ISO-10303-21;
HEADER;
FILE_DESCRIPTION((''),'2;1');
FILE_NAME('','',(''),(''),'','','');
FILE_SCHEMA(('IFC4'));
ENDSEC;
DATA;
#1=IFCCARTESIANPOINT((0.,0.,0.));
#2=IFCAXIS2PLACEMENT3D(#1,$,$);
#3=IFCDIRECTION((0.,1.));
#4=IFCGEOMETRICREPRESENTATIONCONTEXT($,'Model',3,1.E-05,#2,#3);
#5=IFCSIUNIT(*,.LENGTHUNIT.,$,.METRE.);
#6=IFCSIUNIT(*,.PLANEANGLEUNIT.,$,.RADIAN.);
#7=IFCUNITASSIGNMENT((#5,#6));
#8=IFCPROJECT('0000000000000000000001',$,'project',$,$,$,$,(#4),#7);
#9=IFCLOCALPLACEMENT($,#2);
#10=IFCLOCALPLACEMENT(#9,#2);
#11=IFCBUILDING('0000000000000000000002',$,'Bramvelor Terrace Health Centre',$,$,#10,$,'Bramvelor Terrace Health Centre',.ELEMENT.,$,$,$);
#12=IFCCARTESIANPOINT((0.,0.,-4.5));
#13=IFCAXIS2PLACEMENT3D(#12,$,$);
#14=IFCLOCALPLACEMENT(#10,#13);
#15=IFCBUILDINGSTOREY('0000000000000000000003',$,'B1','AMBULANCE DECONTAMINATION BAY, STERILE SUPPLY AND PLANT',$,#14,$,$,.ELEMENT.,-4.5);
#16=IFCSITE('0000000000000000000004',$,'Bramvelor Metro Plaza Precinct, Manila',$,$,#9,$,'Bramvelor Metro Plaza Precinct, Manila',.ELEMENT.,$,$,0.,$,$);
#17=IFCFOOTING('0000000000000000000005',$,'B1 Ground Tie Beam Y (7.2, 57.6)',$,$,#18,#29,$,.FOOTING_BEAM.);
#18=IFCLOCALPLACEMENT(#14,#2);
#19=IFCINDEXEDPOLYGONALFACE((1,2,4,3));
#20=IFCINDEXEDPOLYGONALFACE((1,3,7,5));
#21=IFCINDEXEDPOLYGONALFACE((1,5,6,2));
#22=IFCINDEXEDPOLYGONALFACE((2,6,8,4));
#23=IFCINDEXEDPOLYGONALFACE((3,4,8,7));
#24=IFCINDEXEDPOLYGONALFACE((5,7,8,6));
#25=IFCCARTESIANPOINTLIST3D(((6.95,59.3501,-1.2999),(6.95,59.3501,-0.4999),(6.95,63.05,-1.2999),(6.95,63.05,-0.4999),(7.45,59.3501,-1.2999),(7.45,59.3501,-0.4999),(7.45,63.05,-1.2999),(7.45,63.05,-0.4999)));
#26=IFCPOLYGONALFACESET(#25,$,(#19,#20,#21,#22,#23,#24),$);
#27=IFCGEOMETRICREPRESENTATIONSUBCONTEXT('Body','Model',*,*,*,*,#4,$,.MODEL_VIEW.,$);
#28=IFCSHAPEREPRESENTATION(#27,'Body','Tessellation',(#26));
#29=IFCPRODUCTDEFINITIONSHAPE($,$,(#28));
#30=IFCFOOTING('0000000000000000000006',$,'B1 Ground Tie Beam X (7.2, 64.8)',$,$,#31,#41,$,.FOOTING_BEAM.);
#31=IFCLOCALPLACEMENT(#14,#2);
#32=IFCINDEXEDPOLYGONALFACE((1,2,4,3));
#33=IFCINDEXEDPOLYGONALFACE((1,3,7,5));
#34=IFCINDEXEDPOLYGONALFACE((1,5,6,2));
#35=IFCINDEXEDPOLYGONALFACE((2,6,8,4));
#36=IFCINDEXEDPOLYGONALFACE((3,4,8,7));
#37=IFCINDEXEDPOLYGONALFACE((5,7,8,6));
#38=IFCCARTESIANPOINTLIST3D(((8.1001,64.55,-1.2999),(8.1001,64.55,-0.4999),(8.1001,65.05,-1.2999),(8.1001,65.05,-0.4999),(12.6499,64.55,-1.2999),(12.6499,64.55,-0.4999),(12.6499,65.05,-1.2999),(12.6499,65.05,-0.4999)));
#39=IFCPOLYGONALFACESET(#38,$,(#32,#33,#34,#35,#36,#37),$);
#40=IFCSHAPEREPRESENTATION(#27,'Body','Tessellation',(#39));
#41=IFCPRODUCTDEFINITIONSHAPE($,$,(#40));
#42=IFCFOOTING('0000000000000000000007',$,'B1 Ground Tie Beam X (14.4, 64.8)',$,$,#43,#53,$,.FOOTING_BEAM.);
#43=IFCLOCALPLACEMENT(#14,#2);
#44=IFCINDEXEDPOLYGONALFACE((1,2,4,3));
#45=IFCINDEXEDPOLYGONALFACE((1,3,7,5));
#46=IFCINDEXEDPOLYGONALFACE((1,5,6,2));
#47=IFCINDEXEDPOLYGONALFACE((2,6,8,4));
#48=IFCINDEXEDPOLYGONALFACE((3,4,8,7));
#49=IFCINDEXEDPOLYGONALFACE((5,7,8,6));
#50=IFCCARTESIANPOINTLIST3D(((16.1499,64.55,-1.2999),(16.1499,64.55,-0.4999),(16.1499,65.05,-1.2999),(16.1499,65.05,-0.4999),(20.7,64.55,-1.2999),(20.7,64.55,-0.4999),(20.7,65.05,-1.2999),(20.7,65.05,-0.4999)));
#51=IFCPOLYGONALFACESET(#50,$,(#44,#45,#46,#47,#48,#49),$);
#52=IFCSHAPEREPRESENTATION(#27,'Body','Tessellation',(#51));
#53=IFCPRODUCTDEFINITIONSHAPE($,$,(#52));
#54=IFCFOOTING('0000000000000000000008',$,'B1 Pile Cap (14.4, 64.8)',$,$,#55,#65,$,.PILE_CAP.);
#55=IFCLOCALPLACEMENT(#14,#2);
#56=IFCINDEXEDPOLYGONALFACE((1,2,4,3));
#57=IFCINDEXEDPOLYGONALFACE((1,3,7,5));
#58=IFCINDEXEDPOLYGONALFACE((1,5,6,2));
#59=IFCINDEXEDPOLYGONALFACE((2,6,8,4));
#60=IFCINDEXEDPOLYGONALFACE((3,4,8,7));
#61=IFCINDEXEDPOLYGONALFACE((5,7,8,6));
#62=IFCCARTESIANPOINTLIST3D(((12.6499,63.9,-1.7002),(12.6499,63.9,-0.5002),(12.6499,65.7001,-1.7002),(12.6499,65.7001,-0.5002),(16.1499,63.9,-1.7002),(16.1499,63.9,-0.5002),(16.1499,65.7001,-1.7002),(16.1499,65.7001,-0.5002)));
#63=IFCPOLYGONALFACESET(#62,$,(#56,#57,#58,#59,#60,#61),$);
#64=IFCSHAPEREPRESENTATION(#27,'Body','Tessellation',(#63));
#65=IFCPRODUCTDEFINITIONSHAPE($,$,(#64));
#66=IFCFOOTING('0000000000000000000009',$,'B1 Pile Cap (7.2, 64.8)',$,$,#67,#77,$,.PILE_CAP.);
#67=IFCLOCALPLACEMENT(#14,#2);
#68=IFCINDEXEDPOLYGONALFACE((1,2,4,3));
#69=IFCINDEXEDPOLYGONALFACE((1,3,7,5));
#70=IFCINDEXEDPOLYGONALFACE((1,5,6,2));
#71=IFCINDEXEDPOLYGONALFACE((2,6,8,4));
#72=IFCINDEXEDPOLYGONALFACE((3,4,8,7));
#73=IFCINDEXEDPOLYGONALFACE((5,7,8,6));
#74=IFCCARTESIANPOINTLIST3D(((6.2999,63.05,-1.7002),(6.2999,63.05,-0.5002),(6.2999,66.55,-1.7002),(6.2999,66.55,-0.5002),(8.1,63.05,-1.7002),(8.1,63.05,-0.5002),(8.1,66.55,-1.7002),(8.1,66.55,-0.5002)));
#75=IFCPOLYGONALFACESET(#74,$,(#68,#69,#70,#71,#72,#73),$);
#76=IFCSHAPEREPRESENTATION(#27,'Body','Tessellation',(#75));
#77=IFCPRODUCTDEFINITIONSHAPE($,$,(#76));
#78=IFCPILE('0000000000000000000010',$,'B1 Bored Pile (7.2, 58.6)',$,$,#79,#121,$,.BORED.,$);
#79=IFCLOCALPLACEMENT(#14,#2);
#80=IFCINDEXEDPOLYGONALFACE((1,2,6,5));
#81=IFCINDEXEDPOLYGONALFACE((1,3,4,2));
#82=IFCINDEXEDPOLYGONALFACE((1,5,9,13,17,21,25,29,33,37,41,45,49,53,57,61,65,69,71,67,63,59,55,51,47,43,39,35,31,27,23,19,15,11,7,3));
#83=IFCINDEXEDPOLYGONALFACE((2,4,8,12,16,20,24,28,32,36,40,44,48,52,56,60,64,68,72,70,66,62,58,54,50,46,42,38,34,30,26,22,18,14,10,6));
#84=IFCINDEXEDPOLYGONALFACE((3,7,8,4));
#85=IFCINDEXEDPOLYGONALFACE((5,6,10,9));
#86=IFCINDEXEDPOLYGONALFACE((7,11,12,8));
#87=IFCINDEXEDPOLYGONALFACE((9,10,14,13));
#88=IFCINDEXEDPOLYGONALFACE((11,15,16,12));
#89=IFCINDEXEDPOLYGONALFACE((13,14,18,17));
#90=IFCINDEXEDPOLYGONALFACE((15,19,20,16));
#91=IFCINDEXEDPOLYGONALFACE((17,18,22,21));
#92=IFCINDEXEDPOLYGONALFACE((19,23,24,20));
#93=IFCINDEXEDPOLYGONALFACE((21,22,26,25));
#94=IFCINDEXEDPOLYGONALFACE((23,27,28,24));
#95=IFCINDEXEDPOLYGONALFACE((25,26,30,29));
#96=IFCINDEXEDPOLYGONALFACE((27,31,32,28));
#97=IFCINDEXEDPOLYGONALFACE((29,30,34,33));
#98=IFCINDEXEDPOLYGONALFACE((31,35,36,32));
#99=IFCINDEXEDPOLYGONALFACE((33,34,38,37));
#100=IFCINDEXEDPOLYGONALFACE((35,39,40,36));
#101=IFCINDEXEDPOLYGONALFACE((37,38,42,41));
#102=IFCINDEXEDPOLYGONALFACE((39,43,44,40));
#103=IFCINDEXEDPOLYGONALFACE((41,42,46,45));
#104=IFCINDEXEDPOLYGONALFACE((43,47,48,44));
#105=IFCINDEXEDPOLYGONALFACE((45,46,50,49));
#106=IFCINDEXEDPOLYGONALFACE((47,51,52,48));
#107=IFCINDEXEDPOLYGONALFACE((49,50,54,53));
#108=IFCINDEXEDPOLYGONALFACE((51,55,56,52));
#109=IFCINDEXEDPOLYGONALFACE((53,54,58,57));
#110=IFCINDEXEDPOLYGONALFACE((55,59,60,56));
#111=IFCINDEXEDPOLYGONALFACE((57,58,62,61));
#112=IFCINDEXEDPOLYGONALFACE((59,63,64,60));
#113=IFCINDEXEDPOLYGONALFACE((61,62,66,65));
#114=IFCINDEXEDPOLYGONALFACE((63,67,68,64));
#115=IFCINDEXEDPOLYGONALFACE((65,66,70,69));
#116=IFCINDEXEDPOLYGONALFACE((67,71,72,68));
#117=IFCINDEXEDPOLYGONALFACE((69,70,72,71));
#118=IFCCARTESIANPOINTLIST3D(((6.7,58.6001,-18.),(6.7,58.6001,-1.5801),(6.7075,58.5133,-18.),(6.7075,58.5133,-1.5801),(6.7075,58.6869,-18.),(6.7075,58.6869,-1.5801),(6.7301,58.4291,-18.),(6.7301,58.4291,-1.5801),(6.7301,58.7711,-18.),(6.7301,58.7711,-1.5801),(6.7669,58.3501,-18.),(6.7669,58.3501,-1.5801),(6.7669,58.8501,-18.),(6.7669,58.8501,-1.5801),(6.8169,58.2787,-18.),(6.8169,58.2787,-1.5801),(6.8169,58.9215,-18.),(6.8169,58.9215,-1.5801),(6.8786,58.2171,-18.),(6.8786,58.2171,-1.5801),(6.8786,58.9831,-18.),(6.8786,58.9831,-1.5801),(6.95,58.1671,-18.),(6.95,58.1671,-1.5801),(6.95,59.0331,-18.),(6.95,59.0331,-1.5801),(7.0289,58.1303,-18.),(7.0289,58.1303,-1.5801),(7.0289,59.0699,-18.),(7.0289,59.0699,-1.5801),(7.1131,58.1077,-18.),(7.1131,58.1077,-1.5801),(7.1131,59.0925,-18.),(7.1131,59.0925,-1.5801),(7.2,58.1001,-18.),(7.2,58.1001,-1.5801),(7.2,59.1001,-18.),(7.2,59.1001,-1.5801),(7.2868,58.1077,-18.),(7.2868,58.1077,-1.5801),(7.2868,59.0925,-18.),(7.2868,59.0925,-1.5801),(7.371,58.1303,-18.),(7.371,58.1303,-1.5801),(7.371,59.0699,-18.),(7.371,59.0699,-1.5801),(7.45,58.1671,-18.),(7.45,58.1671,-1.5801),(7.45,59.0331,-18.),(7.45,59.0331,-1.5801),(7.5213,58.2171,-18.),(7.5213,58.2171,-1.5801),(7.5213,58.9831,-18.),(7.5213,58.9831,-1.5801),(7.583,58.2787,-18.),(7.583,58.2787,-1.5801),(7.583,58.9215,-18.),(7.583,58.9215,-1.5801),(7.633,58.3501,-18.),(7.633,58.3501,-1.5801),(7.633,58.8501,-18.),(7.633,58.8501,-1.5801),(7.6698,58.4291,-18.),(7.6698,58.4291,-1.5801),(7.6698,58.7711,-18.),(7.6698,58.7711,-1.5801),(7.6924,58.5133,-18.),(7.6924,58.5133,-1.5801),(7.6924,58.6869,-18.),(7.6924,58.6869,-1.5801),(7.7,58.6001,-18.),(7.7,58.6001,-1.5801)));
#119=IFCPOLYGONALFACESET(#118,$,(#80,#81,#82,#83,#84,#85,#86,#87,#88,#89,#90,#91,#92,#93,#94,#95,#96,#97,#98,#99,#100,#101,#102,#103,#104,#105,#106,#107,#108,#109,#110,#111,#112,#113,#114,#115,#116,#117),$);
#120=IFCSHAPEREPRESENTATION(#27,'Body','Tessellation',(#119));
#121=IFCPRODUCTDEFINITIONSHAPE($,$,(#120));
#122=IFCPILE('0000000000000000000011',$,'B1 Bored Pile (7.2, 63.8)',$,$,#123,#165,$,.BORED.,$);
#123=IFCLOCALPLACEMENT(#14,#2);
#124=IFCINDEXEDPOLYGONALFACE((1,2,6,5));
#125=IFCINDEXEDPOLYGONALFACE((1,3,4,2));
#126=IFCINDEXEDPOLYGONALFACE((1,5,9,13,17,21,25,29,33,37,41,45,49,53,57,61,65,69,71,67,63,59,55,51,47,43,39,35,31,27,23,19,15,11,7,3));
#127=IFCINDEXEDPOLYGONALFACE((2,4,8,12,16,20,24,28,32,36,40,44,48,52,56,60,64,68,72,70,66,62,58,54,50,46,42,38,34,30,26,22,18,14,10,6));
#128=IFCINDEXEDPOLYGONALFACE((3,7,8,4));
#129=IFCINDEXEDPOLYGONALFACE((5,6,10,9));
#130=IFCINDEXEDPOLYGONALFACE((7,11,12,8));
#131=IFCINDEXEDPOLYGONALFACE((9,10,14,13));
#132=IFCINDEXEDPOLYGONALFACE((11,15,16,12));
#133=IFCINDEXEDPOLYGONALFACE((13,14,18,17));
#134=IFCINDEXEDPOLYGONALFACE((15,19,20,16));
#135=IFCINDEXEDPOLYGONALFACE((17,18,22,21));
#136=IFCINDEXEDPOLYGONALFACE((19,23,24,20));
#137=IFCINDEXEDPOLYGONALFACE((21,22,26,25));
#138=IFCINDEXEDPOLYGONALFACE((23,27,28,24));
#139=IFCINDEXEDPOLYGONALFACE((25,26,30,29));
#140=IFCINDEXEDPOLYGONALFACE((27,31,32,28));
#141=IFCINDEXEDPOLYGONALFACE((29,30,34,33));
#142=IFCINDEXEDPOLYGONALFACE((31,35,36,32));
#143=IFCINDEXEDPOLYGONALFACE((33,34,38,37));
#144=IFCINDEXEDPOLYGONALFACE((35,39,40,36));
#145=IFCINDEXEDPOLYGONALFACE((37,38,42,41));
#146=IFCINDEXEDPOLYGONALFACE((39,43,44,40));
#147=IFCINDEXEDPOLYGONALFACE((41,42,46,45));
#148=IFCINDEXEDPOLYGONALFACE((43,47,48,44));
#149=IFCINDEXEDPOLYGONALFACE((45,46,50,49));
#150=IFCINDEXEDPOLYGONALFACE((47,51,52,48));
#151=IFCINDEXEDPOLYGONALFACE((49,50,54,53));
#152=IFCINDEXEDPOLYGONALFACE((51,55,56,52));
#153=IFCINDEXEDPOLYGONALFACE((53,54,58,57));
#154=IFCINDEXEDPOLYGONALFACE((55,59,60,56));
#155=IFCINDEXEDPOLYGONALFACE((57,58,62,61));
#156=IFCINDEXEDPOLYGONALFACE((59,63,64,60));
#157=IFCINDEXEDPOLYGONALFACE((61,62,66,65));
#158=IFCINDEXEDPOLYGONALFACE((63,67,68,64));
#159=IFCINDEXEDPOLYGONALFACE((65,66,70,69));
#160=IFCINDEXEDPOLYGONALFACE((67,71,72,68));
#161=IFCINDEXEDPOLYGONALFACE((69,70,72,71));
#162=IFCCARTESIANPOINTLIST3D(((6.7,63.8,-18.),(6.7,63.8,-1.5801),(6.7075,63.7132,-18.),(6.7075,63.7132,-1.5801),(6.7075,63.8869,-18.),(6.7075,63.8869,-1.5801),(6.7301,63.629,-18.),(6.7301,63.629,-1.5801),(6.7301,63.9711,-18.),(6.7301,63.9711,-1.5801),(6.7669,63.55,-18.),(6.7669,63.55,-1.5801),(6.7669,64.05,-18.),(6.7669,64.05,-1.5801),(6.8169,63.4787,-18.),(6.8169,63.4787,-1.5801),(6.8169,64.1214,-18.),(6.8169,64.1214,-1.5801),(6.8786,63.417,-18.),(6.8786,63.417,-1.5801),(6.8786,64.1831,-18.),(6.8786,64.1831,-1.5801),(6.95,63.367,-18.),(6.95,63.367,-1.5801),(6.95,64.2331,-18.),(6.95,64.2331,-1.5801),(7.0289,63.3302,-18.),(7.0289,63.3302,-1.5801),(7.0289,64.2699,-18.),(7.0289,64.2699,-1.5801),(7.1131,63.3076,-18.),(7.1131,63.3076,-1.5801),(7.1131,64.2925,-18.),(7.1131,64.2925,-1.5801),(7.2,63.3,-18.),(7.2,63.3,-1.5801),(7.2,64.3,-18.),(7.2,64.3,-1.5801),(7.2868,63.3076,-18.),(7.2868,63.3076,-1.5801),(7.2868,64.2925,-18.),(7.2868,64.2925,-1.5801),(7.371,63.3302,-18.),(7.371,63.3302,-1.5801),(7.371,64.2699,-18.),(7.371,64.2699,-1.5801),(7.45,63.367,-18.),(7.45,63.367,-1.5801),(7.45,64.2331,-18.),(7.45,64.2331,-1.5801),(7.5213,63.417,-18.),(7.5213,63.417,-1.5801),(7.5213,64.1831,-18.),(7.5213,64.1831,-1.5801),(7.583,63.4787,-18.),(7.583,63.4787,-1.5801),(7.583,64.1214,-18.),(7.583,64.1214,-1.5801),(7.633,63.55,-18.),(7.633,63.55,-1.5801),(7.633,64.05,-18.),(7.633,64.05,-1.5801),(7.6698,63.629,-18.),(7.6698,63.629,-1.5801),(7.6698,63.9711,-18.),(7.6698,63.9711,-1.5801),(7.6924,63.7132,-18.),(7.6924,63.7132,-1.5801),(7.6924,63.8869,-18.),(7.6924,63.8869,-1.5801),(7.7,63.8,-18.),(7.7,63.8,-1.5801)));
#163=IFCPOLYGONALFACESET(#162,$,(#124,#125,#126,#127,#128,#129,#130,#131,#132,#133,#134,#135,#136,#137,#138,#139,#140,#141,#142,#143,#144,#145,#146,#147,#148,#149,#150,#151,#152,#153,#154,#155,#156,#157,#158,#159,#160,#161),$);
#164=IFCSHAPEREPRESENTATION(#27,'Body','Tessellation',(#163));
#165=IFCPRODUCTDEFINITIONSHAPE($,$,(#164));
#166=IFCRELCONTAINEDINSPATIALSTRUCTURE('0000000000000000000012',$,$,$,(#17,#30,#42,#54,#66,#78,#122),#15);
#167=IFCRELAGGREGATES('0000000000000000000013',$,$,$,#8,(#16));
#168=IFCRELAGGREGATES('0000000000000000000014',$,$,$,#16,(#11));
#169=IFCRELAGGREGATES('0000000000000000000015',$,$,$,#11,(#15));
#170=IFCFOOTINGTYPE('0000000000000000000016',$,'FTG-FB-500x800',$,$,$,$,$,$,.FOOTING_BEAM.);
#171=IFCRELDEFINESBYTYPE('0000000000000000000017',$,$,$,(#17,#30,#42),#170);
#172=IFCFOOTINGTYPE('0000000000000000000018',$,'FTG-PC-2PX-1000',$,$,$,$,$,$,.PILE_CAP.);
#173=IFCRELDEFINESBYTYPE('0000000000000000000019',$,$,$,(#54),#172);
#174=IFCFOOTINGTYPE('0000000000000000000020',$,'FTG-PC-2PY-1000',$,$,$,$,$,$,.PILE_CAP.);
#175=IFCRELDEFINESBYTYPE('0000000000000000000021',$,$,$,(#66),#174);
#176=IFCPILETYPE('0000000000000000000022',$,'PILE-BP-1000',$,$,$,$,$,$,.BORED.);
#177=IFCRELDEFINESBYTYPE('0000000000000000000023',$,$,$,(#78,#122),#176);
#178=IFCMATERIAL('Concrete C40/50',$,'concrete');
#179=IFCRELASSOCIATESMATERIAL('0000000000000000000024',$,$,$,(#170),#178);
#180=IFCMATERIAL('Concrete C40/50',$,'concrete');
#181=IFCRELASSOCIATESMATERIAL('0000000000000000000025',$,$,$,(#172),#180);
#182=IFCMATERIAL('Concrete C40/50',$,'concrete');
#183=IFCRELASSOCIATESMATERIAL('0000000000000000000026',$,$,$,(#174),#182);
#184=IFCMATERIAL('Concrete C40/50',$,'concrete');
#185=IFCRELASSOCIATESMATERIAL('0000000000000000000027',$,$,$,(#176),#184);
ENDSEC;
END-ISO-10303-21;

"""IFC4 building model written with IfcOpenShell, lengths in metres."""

from ifc_helpers import new_model, si_unit, direction, frame, origin, origin_2d, place, context, subcontext, project, spatial, rectangle, circle, extrude, material, material_profile, profile_set, type_object, element, save


model = new_model("IFC4")

# Units and contexts
model_context = context("Model", 3, precision=1e-05, world=origin(), true_north=direction((0.0, 1.0)))
body_context = subcontext(model_context, "Body", "Model", "MODEL_VIEW")
ifc_project = project(units=[si_unit("LENGTHUNIT", "METRE"), si_unit("PLANEANGLEUNIT", "RADIAN")], contexts=[model_context])

# Site, building, storey
site_placement = place(None, origin())
site = spatial("IfcSite", under=ifc_project, at=site_placement, Name="Bramvelor Metro Plaza Precinct, Manila", LongName="Bramvelor Metro Plaza Precinct, Manila", CompositionType="ELEMENT", RefElevation=0.0)
building_placement = place(site_placement, origin())
building = spatial("IfcBuilding", under=site, at=building_placement, Name="Bramvelor Terrace Health Centre", LongName="Bramvelor Terrace Health Centre", CompositionType="ELEMENT")
storey_placement = place(building_placement, frame((0.0, 0.0, -4.5)))
storey = spatial("IfcBuildingStorey", under=building, at=storey_placement, Name="B1", Description="AMBULANCE DECONTAMINATION BAY, STERILE SUPPLY AND PLANT", CompositionType="ELEMENT", Elevation=-4.5)

# Footings
ifc_material_1 = material(Name="Concrete C40/50", Category="concrete")
ifc_material_profile_1 = material_profile(ifc_material_1, rectangle(XDim=0.5, YDim=0.8, at=origin_2d()), Name="RC 500x800")
ifc_profile_set_1 = profile_set([ifc_material_profile_1], Name="Concrete C40/50")
footing_type_1 = type_object("IfcFootingType", Name="FTG-FB-500x800", PredefinedType="FOOTING_BEAM", material=ifc_profile_set_1)
footing_1_placement = place(storey_placement, frame((7.2, 59.3501, -0.8999), z_axis=(0.0, 1.0, 0.0), x_axis=(-1.0, 0.0, 0.0)))
element("IfcFooting", 1, at=footing_1_placement, inside=storey, type_object=footing_type_1, Name="B1 Ground Tie Beam Y (7.2, 57.6)", PredefinedType="FOOTING_BEAM", context=body_context, shape_type="SweptSolid", body=[
    extrude(rectangle(XDim=0.5, YDim=0.8, at=origin_2d()), origin(), (0.0, 0.0, 1.0), 3.7),
])
footing_2_placement = place(storey_placement, frame((8.1001, 64.8, -0.8999), z_axis=(1.0, 0.0, 0.0), x_axis=(0.0, 1.0, 0.0)))
element("IfcFooting", 2, at=footing_2_placement, inside=storey, type_object=footing_type_1, Name="B1 Ground Tie Beam X (7.2, 64.8)", PredefinedType="FOOTING_BEAM", context=body_context, shape_type="SweptSolid", body=[
    extrude(rectangle(XDim=0.5, YDim=0.8, at=origin_2d()), origin(), (0.0, 0.0, 1.0), 4.5498),
])
footing_3_placement = place(storey_placement, frame((16.1499, 64.8, -0.8999), z_axis=(1.0, 0.0, 0.0), x_axis=(0.0, 1.0, 0.0)))
element("IfcFooting", 3, at=footing_3_placement, inside=storey, type_object=footing_type_1, Name="B1 Ground Tie Beam X (14.4, 64.8)", PredefinedType="FOOTING_BEAM", context=body_context, shape_type="SweptSolid", body=[
    extrude(rectangle(XDim=0.5, YDim=0.8, at=origin_2d()), origin(), (0.0, 0.0, 1.0), 4.55),
])
ifc_material_2 = material(Name="Concrete C40/50", Category="concrete")
footing_type_2 = type_object("IfcFootingType", Name="FTG-PC-2PX-1000", PredefinedType="PILE_CAP", material=ifc_material_2)
footing_4_placement = place(storey_placement, frame((14.3999, 64.8, -1.7002), z_axis=(0.0, 0.0, 1.0), x_axis=(1.0, 0.0, 0.0)))
element("IfcFooting", 4, at=footing_4_placement, inside=storey, type_object=footing_type_2, Name="B1 Pile Cap (14.4, 64.8)", PredefinedType="PILE_CAP", context=body_context, shape_type="SweptSolid", body=[
    extrude(rectangle(XDim=3.5, YDim=1.8, at=origin_2d()), origin(), (0.0, 0.0, 1.0), 1.2),
])
ifc_material_3 = material(Name="Concrete C40/50", Category="concrete")
footing_type_3 = type_object("IfcFootingType", Name="FTG-PC-2PY-1000", PredefinedType="PILE_CAP", material=ifc_material_3)
footing_5_placement = place(storey_placement, frame((7.2, 64.8, -1.7002), z_axis=(0.0, 0.0, 1.0), x_axis=(1.0, 0.0, 0.0)))
element("IfcFooting", 5, at=footing_5_placement, inside=storey, type_object=footing_type_3, Name="B1 Pile Cap (7.2, 64.8)", PredefinedType="PILE_CAP", context=body_context, shape_type="SweptSolid", body=[
    extrude(rectangle(XDim=1.8, YDim=3.5, at=origin_2d()), origin(), (0.0, 0.0, 1.0), 1.2),
])

# Piles
ifc_material_4 = material(Name="Concrete C40/50", Category="concrete")
ifc_material_profile_2 = material_profile(ifc_material_4, circle(Radius=0.5, at=origin_2d()), Name="BP D1000")
ifc_profile_set_2 = profile_set([ifc_material_profile_2], Name="Concrete C40/50")
pile_type_1 = type_object("IfcPileType", Name="PILE-BP-1000", PredefinedType="BORED", material=ifc_profile_set_2)
for number, where, z_axis, x_axis, name in (
    (6, (7.2, 58.6001, -1.5801), (0.0, 0.0, -1.0), (1.0, 0.0, 0.0), "B1 Bored Pile (7.2, 58.6)"),
    (7, (7.2, 63.8, -1.5801), (0.0, 0.0, -1.0), (1.0, 0.0, 0.0), "B1 Bored Pile (7.2, 63.8)"),
):
    element("IfcPile", number, at=place(storey_placement, frame(where, z_axis=z_axis, x_axis=x_axis)), inside=storey, type_object=pile_type_1, Name=name, PredefinedType="BORED", context=body_context, shape_type="SweptSolid", body=[
        extrude(circle(Radius=0.5, at=origin_2d()), origin(), (0.0, 0.0, 1.0), 16.4199),
    ])

save(model, "model.ifc")
